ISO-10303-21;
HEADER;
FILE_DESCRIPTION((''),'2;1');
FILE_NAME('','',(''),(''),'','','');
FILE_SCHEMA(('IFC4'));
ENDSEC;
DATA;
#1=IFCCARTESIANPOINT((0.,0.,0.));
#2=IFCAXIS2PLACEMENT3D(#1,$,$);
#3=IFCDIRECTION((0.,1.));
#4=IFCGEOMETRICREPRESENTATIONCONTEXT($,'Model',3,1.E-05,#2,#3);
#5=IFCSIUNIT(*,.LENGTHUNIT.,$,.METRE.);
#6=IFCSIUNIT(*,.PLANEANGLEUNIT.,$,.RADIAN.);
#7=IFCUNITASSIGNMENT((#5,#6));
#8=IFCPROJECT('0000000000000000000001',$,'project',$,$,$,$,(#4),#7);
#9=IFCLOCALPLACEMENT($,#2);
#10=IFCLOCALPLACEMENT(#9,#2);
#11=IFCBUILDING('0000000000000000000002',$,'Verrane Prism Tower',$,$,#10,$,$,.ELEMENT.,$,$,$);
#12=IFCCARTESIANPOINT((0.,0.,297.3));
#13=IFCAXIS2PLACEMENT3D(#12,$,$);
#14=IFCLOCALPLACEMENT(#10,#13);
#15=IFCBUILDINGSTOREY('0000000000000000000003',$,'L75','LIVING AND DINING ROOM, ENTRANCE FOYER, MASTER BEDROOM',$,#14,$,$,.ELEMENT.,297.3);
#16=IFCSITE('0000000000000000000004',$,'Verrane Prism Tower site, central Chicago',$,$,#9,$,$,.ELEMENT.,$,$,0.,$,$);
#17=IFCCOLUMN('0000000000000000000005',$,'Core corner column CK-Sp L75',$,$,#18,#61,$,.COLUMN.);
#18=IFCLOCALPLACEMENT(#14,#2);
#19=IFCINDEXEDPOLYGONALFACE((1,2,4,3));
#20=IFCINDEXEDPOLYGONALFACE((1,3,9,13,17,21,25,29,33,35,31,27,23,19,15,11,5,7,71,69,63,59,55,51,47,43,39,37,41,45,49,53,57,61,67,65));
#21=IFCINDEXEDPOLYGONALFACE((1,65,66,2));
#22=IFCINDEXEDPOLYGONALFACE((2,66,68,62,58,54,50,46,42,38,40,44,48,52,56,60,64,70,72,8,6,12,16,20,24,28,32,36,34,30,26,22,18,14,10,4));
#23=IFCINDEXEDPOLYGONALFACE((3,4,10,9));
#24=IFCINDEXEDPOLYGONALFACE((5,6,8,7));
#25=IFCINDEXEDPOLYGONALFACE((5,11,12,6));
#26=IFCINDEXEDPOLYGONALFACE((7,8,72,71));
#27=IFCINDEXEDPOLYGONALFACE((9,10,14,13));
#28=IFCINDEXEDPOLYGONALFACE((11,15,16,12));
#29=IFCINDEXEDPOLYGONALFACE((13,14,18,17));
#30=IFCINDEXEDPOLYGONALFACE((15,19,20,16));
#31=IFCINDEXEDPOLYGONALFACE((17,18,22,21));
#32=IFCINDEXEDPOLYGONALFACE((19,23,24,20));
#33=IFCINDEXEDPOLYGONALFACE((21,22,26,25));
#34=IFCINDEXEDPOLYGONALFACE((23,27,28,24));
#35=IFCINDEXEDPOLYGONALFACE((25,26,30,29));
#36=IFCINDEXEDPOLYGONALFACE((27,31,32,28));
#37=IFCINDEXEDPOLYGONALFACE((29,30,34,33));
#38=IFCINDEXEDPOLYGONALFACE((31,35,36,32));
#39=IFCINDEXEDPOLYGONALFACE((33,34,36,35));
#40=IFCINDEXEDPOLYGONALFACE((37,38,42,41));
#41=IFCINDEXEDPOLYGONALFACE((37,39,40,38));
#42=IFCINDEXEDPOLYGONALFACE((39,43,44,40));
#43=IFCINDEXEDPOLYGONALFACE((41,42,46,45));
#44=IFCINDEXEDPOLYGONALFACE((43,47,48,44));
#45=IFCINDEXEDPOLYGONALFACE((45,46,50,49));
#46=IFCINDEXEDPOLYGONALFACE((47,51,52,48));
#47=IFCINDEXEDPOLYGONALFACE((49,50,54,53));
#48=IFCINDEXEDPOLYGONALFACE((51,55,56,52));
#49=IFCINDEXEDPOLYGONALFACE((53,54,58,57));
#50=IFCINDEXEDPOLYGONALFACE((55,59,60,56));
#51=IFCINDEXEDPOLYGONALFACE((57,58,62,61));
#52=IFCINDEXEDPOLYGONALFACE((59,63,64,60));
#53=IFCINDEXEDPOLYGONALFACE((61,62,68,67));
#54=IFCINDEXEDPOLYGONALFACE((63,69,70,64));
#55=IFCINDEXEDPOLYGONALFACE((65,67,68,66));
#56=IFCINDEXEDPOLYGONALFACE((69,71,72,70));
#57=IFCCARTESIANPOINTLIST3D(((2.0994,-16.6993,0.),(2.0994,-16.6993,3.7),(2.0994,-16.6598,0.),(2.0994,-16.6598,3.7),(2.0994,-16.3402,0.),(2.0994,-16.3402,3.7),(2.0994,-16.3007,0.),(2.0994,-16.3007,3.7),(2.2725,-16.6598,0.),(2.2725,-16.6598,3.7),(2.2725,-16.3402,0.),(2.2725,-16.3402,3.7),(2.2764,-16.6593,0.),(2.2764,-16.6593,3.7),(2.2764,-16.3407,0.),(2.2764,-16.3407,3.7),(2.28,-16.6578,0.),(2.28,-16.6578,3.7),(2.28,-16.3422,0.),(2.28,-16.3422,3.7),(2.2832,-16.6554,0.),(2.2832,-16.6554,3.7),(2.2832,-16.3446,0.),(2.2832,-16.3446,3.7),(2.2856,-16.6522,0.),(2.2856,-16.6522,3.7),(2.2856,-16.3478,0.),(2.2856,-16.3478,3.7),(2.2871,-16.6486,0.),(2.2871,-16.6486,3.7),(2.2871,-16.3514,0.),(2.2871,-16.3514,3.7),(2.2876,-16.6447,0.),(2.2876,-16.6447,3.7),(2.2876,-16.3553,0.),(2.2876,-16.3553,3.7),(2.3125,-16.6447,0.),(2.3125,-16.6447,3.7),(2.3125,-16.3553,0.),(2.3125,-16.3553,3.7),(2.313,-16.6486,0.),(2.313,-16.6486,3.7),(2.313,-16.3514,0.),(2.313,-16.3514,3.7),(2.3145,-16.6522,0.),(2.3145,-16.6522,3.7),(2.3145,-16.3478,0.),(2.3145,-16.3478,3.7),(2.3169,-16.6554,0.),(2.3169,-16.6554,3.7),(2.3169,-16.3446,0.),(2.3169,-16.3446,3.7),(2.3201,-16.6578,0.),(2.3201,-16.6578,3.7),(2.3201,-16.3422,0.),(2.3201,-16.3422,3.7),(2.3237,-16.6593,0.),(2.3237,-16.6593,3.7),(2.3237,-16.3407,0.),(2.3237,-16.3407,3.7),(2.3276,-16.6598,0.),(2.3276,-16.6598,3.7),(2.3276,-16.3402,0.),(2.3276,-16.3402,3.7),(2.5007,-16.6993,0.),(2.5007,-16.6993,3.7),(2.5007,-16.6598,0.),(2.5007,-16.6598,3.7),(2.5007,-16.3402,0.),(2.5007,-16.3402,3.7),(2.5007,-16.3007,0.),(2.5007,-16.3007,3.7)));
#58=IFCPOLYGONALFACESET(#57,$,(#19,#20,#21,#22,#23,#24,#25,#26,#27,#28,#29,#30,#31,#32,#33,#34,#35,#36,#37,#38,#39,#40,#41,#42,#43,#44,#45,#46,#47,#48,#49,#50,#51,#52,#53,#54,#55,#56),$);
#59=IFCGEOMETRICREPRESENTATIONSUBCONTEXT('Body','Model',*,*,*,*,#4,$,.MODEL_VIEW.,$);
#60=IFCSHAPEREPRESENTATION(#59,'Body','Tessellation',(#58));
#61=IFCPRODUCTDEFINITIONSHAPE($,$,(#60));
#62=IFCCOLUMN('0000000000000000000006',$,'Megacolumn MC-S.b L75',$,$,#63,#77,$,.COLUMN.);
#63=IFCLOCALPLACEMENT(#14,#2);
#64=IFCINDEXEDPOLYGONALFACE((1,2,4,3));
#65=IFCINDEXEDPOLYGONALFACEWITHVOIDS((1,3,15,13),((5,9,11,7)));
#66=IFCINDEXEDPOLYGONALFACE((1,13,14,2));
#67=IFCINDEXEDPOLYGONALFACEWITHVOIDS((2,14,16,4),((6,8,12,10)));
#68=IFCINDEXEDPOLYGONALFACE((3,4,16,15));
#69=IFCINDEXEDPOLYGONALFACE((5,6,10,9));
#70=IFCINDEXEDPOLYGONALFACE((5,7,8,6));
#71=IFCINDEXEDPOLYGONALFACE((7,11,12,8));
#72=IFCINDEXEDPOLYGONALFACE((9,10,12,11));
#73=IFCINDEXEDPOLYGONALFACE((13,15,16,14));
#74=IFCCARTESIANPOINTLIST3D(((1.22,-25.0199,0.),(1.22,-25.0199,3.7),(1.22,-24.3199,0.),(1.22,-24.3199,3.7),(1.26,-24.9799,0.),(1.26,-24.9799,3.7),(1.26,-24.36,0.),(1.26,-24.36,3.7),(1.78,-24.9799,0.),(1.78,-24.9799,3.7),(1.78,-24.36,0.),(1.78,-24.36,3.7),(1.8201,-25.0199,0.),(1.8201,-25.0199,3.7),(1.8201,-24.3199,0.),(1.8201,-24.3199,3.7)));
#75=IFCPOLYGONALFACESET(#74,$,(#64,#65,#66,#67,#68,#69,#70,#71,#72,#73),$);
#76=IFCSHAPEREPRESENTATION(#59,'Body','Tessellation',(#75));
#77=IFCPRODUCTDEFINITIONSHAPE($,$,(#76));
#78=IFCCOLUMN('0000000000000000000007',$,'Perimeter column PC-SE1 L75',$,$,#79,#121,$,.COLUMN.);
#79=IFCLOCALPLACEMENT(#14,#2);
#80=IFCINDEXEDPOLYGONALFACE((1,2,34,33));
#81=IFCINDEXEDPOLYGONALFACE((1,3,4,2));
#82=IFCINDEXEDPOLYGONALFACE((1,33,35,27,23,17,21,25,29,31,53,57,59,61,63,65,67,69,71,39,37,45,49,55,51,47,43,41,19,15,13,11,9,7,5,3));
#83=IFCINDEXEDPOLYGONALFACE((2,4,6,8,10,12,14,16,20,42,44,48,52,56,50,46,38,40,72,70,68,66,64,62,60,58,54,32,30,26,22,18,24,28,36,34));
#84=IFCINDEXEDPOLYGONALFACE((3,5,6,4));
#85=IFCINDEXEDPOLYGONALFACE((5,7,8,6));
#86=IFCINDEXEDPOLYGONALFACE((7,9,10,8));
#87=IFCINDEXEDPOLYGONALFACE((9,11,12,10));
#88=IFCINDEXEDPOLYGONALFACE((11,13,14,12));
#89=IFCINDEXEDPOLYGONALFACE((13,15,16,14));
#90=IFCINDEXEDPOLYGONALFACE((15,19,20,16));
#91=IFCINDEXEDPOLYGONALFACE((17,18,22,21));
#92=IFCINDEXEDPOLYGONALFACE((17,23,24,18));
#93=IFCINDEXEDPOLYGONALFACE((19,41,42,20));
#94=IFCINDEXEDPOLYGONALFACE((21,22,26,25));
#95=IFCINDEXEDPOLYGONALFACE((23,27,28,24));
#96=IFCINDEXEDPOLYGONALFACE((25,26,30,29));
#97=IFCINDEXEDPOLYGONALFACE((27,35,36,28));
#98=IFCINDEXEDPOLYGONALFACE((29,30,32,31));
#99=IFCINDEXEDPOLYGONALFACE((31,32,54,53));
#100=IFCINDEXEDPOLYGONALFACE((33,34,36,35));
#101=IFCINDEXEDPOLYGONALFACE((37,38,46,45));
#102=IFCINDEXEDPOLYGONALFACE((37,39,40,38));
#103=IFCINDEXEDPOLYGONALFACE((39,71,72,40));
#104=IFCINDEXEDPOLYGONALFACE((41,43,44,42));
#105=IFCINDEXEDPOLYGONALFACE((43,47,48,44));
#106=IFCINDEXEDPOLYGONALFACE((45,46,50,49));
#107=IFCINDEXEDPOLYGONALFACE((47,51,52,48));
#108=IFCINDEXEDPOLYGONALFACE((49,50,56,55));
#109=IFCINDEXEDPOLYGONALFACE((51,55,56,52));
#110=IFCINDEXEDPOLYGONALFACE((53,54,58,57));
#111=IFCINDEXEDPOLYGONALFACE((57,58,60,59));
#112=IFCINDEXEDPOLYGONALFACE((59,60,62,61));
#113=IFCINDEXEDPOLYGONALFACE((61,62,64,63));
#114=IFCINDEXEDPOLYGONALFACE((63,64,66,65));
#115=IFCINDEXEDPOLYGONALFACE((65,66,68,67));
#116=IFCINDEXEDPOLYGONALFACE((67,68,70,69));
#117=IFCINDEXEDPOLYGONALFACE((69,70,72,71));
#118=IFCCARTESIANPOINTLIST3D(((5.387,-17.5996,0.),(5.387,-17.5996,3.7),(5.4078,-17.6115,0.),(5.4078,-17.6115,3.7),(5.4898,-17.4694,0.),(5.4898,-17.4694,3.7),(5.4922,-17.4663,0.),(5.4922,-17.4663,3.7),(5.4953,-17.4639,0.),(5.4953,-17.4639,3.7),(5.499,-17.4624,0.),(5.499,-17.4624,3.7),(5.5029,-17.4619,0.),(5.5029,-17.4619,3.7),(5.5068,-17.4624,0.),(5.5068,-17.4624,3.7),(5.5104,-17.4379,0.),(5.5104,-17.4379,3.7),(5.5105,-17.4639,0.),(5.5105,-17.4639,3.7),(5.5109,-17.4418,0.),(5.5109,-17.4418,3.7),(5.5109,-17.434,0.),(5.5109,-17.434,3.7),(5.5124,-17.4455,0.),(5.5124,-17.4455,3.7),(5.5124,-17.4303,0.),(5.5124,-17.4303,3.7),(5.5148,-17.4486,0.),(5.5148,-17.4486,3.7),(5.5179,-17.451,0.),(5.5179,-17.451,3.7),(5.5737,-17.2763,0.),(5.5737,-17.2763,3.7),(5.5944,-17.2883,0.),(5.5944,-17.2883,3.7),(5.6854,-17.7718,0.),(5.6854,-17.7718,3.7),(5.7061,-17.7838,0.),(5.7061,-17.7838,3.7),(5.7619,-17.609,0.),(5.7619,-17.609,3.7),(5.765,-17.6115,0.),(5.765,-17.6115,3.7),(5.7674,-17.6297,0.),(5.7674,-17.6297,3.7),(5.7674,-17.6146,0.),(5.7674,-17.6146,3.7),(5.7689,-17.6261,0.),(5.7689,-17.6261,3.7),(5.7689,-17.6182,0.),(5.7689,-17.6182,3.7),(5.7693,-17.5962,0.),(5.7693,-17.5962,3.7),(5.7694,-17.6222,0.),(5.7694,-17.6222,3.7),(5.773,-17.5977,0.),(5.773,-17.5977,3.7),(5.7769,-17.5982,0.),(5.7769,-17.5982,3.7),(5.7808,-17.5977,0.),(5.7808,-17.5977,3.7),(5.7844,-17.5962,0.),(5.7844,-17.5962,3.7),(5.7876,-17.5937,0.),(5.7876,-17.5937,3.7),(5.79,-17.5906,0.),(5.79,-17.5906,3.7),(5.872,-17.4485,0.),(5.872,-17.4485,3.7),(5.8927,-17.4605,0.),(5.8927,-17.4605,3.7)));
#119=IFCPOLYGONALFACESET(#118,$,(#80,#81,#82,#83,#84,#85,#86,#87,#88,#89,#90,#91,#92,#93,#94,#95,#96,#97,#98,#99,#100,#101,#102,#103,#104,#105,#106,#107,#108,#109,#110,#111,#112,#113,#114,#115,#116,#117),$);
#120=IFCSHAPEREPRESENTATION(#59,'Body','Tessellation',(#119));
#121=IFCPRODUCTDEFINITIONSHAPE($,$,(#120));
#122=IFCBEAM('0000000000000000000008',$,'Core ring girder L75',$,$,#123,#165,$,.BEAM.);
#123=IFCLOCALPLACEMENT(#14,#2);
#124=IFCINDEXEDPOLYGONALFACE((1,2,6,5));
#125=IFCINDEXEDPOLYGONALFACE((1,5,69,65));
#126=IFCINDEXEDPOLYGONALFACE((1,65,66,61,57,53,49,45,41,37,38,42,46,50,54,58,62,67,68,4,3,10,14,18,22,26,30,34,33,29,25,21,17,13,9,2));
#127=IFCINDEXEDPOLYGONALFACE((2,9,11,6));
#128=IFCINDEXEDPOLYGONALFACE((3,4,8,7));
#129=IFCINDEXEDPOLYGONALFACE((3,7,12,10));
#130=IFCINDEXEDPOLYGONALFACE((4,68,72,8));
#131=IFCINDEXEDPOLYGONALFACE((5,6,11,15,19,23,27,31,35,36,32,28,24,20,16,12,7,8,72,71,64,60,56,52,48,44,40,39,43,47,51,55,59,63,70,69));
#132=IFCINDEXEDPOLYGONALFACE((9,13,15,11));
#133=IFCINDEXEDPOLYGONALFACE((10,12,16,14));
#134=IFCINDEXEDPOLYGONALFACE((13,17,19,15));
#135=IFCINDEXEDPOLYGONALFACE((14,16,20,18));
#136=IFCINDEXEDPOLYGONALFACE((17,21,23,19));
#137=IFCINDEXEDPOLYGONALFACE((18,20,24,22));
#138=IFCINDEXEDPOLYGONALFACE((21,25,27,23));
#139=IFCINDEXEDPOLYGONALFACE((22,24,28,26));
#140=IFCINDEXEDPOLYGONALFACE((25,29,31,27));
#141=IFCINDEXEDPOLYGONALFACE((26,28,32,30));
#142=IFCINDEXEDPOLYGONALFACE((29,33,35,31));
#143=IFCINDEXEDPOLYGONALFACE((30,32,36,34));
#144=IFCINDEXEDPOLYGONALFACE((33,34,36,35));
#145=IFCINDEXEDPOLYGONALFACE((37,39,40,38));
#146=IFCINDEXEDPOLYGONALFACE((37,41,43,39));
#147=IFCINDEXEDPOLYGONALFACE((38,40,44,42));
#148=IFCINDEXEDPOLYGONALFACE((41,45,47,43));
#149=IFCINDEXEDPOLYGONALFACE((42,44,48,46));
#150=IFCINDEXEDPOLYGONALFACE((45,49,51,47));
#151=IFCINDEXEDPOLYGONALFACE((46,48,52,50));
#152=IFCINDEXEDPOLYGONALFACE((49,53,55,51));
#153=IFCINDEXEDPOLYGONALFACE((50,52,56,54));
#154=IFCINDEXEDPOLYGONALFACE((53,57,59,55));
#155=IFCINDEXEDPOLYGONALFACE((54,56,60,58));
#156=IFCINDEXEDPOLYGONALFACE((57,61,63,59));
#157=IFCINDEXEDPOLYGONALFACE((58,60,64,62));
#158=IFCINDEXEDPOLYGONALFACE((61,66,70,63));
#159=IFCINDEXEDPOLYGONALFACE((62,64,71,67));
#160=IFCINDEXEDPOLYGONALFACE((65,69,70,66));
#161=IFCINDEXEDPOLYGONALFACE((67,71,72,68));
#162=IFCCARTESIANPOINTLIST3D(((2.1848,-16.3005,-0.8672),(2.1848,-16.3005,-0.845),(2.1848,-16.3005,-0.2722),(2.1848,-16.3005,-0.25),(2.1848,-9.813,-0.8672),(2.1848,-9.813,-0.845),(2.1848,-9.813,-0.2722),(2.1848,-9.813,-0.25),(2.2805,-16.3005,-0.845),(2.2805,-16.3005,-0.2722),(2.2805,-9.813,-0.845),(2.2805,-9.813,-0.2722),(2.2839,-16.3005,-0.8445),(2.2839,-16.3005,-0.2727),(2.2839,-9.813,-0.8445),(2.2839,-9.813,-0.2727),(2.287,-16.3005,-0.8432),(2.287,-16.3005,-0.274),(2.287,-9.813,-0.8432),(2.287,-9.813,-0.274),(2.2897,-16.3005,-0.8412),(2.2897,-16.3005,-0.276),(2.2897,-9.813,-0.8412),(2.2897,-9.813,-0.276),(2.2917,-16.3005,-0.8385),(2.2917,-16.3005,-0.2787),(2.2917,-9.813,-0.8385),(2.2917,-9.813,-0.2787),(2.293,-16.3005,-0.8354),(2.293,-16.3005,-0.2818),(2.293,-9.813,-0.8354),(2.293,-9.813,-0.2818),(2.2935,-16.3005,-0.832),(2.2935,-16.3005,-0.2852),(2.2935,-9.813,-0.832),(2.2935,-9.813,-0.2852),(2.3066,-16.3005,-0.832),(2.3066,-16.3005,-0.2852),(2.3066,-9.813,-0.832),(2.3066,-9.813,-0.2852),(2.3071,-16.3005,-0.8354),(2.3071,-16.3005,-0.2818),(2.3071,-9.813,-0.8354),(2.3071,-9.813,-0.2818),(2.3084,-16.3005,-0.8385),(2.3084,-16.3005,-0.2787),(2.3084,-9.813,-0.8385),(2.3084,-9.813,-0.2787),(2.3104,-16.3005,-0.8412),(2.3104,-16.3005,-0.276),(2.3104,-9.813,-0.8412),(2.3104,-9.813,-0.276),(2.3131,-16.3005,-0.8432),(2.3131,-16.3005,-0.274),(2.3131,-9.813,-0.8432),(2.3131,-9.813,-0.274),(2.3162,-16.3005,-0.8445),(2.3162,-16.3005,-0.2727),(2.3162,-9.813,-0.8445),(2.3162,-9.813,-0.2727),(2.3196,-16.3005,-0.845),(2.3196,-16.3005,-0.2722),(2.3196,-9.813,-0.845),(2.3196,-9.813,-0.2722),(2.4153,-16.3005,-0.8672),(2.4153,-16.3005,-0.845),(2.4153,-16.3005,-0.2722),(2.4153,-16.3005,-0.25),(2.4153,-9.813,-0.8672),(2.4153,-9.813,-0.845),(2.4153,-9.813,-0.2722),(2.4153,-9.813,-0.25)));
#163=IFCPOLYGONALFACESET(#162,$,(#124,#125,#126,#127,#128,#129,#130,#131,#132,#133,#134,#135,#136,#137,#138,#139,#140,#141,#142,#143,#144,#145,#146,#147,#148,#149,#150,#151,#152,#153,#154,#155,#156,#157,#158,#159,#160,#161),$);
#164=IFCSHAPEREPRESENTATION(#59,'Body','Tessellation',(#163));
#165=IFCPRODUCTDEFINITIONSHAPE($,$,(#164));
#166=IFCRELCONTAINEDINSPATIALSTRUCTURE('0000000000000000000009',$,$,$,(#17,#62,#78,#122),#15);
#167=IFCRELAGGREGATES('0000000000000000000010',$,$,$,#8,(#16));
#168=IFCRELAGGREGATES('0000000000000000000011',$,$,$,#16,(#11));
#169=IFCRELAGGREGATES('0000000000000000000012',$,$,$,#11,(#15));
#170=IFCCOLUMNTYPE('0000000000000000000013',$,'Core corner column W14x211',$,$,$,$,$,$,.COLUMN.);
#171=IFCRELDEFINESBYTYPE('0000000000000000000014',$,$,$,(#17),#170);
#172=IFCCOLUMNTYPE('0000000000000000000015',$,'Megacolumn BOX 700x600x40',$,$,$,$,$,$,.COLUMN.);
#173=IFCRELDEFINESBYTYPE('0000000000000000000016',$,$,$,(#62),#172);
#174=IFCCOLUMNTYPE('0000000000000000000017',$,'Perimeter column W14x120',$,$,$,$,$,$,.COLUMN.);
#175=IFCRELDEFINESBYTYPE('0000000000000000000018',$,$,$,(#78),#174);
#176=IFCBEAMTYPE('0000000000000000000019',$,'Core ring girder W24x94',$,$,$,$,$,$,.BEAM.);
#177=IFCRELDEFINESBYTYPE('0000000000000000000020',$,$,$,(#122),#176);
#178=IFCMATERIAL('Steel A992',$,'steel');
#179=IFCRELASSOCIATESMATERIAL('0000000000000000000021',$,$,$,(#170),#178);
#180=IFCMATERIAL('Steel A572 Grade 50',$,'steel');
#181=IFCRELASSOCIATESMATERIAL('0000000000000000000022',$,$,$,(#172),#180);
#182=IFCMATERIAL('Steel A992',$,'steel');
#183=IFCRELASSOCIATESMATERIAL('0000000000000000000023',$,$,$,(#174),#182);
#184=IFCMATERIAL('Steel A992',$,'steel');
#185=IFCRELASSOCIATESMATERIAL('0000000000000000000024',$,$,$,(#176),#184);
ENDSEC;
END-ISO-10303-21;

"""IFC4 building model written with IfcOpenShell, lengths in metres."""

from ifc_helpers import new_model, si_unit, direction, frame, origin, origin_2d, place, context, subcontext, project, spatial, hollow_rectangle, i_section, extrude, material, material_profile, profile_set, type_object, element, save


model = new_model("IFC4")

# Units and contexts
model_context = context("Model", 3, precision=1e-05, world=origin(), true_north=direction((0.0, 1.0)))
body_context = subcontext(model_context, "Body", "Model", "MODEL_VIEW")
ifc_project = project(units=[si_unit("LENGTHUNIT", "METRE"), si_unit("PLANEANGLEUNIT", "RADIAN")], contexts=[model_context])

# Site, building, storey
site_placement = place(None, origin())
site = spatial("IfcSite", under=ifc_project, at=site_placement, Name="Verrane Prism Tower site, central Chicago", CompositionType="ELEMENT", RefElevation=0.0)
building_placement = place(site_placement, origin())
building = spatial("IfcBuilding", under=site, at=building_placement, Name="Verrane Prism Tower", CompositionType="ELEMENT")
storey_placement = place(building_placement, frame((0.0, 0.0, 297.3)))
storey = spatial("IfcBuildingStorey", under=building, at=storey_placement, Name="L75", Description="LIVING AND DINING ROOM, ENTRANCE FOYER, MASTER BEDROOM", CompositionType="ELEMENT", Elevation=297.3)

# Columns
ifc_material_1 = material(Name="Steel A992", Category="steel")
ifc_material_profile_1 = material_profile(ifc_material_1, i_section(OverallWidth=0.4014, OverallDepth=0.3987, WebThickness=0.0249, FlangeThickness=0.0396, FilletRadius=0.0151, at=origin_2d()), Name="W14x211")
ifc_profile_set_1 = profile_set([ifc_material_profile_1], Name="Steel A992")
column_type_1 = type_object("IfcColumnType", Name="Core corner column W14x211", PredefinedType="COLUMN", material=ifc_profile_set_1)
column_1_placement = place(storey_placement, frame((2.3, -16.5, 0.0), z_axis=(0.0, 0.0, 1.0), x_axis=(-1.0, 0.0, 0.0)))
element("IfcColumn", 1, at=column_1_placement, inside=storey, type_object=column_type_1, Name="Core corner column CK-Sp L75", PredefinedType="COLUMN", context=body_context, shape_type="SweptSolid", body=[
    extrude(i_section(OverallWidth=0.4014, OverallDepth=0.3987, WebThickness=0.0249, FlangeThickness=0.0396, FilletRadius=0.0151, at=origin_2d()), origin(), (0.0, 0.0, 1.0), 3.7),
])
ifc_material_2 = material(Name="Steel A572 Grade 50", Category="steel")
ifc_material_profile_2 = material_profile(ifc_material_2, hollow_rectangle(XDim=0.6001, YDim=0.7, WallThickness=0.04, at=origin_2d()), Name="BOX 700x600x40")
ifc_profile_set_2 = profile_set([ifc_material_profile_2], Name="Steel A572 Grade 50")
column_type_2 = type_object("IfcColumnType", Name="Megacolumn BOX 700x600x40", PredefinedType="COLUMN", material=ifc_profile_set_2)
column_2_placement = place(storey_placement, frame((1.52, -24.6699, 0.0), z_axis=(0.0, 0.0, 1.0), x_axis=(-1.0, 0.0, 0.0)))
element("IfcColumn", 2, at=column_2_placement, inside=storey, type_object=column_type_2, Name="Megacolumn MC-S.b L75", PredefinedType="COLUMN", context=body_context, shape_type="SweptSolid", body=[
    extrude(hollow_rectangle(XDim=0.6001, YDim=0.7, WallThickness=0.04, at=origin_2d()), origin(), (0.0, 0.0, 1.0), 3.7),
])
ifc_material_3 = material(Name="Steel A992", Category="steel")
ifc_material_profile_3 = material_profile(ifc_material_3, i_section(OverallWidth=0.3733, OverallDepth=0.3684, WebThickness=0.0149, FlangeThickness=0.0239, FilletRadius=0.0151, at=origin_2d()), Name="W14x120")
ifc_profile_set_3 = profile_set([ifc_material_profile_3], Name="Steel A992")
column_type_3 = type_object("IfcColumnType", Name="Perimeter column W14x120", PredefinedType="COLUMN", material=ifc_profile_set_3)
column_3_placement = place(storey_placement, frame((5.6399, -17.53, 0.0), z_axis=(0.0, 0.0, 1.0), x_axis=(-0.5, -0.866025, 0.0)))
element("IfcColumn", 3, at=column_3_placement, inside=storey, type_object=column_type_3, Name="Perimeter column PC-SE1 L75", PredefinedType="COLUMN", context=body_context, shape_type="SweptSolid", body=[
    extrude(i_section(OverallWidth=0.3733, OverallDepth=0.3684, WebThickness=0.0149, FlangeThickness=0.0239, FilletRadius=0.0151, at=origin_2d()), origin(), (0.0, 0.0, 1.0), 3.7),
])

# Beam
ifc_material_4 = material(Name="Steel A992", Category="steel")
ifc_material_profile_4 = material_profile(ifc_material_4, i_section(OverallWidth=0.2305, OverallDepth=0.6172, WebThickness=0.0132, FlangeThickness=0.0222, FilletRadius=0.0129, at=origin_2d()), Name="W24x94")
ifc_profile_set_4 = profile_set([ifc_material_profile_4], Name="Steel A992")
beam_type_1 = type_object("IfcBeamType", Name="Core ring girder W24x94", PredefinedType="BEAM", material=ifc_profile_set_4)
beam_1_placement = place(storey_placement, frame((2.3, -16.3005, -0.5586), z_axis=(0.0, 1.0, 0.0), x_axis=(-1.0, 0.0, 0.0)))
element("IfcBeam", 4, at=beam_1_placement, inside=storey, type_object=beam_type_1, Name="Core ring girder L75", PredefinedType="BEAM", context=body_context, shape_type="SweptSolid", body=[
    extrude(i_section(OverallWidth=0.2305, OverallDepth=0.6172, WebThickness=0.0132, FlangeThickness=0.0222, FilletRadius=0.0129, at=origin_2d()), origin(), (0.0, 0.0, 1.0), 6.4875),
])

save(model, "model.ifc")
